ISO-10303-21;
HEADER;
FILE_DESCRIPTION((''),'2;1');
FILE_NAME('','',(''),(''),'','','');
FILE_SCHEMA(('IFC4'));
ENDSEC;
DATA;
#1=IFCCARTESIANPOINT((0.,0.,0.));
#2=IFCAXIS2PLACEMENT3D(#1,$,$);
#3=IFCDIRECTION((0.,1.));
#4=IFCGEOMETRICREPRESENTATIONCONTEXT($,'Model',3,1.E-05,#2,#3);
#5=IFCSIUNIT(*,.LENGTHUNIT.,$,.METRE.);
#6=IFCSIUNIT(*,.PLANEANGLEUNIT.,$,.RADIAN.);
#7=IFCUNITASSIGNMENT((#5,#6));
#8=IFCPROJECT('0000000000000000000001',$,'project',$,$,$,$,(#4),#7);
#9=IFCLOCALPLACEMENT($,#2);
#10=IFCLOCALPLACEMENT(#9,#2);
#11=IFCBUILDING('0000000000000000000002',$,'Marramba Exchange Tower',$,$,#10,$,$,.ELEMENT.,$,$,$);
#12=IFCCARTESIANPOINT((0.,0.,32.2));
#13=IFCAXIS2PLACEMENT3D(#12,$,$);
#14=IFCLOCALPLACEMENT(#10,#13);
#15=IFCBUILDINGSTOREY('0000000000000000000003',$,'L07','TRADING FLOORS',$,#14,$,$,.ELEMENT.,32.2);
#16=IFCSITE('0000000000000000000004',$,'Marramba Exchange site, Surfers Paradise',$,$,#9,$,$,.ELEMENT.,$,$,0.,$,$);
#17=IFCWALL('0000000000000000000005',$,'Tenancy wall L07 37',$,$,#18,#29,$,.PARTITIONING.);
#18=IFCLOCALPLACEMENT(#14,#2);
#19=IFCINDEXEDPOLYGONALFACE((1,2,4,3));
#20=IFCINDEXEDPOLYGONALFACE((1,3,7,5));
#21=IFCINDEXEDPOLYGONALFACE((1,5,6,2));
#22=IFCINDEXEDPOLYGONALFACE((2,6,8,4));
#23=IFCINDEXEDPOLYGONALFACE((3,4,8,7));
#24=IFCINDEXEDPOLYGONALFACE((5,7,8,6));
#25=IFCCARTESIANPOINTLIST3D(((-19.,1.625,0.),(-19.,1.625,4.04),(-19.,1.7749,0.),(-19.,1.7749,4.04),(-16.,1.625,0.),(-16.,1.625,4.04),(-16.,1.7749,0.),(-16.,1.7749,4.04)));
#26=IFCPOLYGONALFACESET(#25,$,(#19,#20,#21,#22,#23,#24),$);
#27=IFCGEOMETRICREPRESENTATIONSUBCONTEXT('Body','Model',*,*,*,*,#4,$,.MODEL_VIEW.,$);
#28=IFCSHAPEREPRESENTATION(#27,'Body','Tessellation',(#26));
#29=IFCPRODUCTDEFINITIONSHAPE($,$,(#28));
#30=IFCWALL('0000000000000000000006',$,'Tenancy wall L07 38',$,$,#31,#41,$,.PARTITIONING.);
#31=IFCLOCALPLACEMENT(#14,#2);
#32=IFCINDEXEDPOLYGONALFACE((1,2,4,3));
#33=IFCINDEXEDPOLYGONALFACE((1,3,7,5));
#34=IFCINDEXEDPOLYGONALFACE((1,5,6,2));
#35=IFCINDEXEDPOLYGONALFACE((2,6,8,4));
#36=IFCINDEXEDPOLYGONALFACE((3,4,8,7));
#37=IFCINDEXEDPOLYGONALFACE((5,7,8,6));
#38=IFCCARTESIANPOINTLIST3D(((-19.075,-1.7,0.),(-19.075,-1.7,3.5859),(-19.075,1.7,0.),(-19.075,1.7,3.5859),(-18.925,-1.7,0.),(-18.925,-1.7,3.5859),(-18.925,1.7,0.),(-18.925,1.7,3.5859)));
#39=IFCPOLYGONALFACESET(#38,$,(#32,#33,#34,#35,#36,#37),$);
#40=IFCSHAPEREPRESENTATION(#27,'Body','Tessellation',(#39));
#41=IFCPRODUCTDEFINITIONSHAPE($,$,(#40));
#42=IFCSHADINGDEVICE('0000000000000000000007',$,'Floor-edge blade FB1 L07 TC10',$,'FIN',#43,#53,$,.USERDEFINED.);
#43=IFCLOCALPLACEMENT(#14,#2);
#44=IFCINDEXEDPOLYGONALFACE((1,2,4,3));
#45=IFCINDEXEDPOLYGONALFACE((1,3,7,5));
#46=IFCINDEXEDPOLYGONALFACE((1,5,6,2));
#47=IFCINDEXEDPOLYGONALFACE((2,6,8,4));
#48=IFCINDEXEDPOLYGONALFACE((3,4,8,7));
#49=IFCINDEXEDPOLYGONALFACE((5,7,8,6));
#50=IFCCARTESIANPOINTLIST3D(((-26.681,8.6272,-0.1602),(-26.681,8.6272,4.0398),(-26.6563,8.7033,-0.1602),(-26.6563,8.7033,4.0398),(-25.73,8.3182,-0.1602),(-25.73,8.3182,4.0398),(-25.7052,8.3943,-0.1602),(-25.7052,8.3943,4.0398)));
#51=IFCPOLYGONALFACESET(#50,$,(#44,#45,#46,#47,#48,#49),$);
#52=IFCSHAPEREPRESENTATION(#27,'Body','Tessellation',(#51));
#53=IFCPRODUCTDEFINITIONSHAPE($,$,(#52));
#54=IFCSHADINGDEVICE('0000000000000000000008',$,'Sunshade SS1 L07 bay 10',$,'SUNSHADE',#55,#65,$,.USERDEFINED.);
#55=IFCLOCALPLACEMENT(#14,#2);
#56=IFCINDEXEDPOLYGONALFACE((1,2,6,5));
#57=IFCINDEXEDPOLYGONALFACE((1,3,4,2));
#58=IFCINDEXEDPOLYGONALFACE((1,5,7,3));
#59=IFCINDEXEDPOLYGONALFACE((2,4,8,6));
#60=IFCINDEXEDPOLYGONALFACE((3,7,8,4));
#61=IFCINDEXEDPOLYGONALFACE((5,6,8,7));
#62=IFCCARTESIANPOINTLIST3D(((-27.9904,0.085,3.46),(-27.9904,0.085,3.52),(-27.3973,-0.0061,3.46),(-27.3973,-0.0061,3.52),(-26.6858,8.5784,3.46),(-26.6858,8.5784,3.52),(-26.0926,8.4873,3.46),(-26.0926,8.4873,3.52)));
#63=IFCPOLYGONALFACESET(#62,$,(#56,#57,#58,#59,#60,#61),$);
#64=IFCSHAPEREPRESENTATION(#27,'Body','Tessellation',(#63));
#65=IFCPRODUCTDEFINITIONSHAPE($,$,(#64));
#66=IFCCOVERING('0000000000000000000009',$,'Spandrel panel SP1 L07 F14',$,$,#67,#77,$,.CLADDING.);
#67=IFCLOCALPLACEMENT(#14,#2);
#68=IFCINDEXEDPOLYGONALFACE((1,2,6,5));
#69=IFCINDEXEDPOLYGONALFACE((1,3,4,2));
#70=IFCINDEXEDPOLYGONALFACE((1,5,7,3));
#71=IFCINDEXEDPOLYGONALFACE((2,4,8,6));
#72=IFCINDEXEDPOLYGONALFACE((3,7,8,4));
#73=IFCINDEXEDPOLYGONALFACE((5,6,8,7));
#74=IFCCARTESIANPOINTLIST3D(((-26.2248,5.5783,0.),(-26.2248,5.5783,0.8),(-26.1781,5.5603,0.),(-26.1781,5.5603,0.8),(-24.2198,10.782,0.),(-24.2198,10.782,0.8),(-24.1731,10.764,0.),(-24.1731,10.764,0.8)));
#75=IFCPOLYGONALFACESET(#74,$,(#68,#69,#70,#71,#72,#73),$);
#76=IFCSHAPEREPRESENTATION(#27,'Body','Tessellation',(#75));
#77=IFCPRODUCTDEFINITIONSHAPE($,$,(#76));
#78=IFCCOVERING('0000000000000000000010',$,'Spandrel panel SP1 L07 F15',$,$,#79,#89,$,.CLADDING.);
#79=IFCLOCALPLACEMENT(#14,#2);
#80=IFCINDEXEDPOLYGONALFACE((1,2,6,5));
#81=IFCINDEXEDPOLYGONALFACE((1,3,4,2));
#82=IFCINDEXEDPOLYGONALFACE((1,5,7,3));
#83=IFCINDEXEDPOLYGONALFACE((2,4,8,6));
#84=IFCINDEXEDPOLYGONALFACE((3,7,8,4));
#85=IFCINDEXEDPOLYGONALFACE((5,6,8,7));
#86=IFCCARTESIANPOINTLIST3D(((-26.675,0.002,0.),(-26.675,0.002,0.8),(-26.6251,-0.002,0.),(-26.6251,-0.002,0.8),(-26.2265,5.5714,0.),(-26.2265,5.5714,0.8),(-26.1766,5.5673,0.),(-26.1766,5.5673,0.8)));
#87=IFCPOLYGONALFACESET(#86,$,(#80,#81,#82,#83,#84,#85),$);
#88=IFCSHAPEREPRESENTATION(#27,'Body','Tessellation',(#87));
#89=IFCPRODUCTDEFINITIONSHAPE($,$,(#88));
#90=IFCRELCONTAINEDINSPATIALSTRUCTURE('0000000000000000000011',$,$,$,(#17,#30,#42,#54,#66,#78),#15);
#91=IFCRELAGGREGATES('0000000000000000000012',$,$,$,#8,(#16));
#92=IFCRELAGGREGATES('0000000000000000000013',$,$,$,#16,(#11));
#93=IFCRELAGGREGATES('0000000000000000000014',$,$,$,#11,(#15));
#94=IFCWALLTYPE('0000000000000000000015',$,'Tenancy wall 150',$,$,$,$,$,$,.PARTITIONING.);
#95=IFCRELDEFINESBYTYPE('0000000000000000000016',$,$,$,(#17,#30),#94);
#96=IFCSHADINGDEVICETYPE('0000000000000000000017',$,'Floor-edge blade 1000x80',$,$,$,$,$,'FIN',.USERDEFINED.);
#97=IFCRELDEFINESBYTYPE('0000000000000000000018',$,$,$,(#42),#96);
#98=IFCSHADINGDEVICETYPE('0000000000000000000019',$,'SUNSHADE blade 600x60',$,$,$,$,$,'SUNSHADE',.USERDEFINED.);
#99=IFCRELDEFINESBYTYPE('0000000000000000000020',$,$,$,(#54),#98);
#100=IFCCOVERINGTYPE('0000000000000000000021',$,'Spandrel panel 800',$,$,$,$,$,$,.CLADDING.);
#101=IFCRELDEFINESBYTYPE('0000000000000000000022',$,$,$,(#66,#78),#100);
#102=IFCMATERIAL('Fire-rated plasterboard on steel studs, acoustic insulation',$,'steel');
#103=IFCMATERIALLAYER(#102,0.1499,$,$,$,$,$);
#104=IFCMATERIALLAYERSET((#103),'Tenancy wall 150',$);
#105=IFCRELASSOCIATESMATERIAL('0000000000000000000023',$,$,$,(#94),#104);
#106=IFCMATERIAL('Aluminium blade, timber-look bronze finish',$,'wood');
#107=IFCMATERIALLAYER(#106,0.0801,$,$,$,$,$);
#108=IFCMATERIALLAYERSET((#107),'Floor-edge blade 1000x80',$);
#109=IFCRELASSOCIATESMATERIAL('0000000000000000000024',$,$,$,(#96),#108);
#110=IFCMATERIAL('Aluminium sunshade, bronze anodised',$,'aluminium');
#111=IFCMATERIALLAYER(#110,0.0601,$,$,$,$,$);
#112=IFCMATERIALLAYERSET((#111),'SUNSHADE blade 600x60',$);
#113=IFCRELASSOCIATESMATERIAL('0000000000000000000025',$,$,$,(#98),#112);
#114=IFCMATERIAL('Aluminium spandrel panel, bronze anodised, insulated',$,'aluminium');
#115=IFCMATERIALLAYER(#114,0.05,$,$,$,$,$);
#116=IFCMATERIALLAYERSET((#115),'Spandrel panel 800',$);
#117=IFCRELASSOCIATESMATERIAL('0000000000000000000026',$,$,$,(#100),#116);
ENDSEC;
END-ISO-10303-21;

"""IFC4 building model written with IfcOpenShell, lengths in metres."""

from ifc_helpers import new_model, si_unit, direction, frame, frame_2d, origin, origin_2d, place, context, subcontext, project, spatial, rectangle, extrude, material, layer, layer_set, type_object, element, save


model = new_model("IFC4")

# Units and contexts
model_context = context("Model", 3, precision=1e-05, world=origin(), true_north=direction((0.0, 1.0)))
body_context = subcontext(model_context, "Body", "Model", "MODEL_VIEW")
ifc_project = project(units=[si_unit("LENGTHUNIT", "METRE"), si_unit("PLANEANGLEUNIT", "RADIAN")], contexts=[model_context])

# Site, building, storey
site_placement = place(None, origin())
site = spatial("IfcSite", under=ifc_project, at=site_placement, Name="Marramba Exchange site, Surfers Paradise", CompositionType="ELEMENT", RefElevation=0.0)
building_placement = place(site_placement, origin())
building = spatial("IfcBuilding", under=site, at=building_placement, Name="Marramba Exchange Tower", CompositionType="ELEMENT")
storey_placement = place(building_placement, frame((0.0, 0.0, 32.2)))
storey = spatial("IfcBuildingStorey", under=building, at=storey_placement, Name="L07", Description="TRADING FLOORS", CompositionType="ELEMENT", Elevation=32.2)

# Walls
ifc_material_1 = material(Name="Fire-rated plasterboard on steel studs, acoustic insulation", Category="steel")
ifc_layer_1 = layer(ifc_material_1, 0.1499)
ifc_layer_set_1 = layer_set([ifc_layer_1], Name="Tenancy wall 150")
wall_type_1 = type_object("IfcWallType", Name="Tenancy wall 150", PredefinedType="PARTITIONING", material=ifc_layer_set_1)
wall_1_placement = place(storey_placement, frame((-16.0, 1.7, 0.0), z_axis=(0.0, 0.0, 1.0), x_axis=(-1.0, 0.0, 0.0)))
element("IfcWall", 1, at=wall_1_placement, inside=storey, type_object=wall_type_1, Name="Tenancy wall L07 37", PredefinedType="PARTITIONING", context=body_context, shape_type="SweptSolid", body=[
    extrude(rectangle(XDim=3.0, YDim=0.1499, at=frame_2d((1.5, 0.0))), origin(), (0.0, 0.0, 1.0), 4.04),
])
wall_2_placement = place(storey_placement, frame((-19.0, 1.7, 0.0), z_axis=(0.0, 0.0, 1.0), x_axis=(0.0, -1.0, 0.0)))
element("IfcWall", 2, at=wall_2_placement, inside=storey, type_object=wall_type_1, Name="Tenancy wall L07 38", PredefinedType="PARTITIONING", context=body_context, shape_type="SweptSolid", body=[
    extrude(rectangle(XDim=3.3999, YDim=0.1499, at=frame_2d((1.7, 0.0))), origin(), (0.0, 0.0, 1.0), 3.5859),
])

# Shading devices
ifc_material_2 = material(Name="Aluminium blade, timber-look bronze finish", Category="wood")
ifc_layer_2 = layer(ifc_material_2, 0.0801)
ifc_layer_set_2 = layer_set([ifc_layer_2], Name="Floor-edge blade 1000x80")
shading_device_type_1 = type_object("IfcShadingDeviceType", Name="Floor-edge blade 1000x80", ElementType="FIN", PredefinedType="USERDEFINED", material=ifc_layer_set_2)
shading_device_1_placement = place(storey_placement, frame((-26.1931, 8.5107, -0.1602), z_axis=(0.0, 0.0, 1.0), x_axis=(-0.951057, 0.309017, 0.0)))
element("IfcShadingDevice", 3, at=shading_device_1_placement, inside=storey, type_object=shading_device_type_1, Name="Floor-edge blade FB1 L07 TC10", ObjectType="FIN", PredefinedType="USERDEFINED", context=body_context, shape_type="SweptSolid", body=[
    extrude(rectangle(XDim=1.0, YDim=0.0801, at=origin_2d()), origin(), (0.0, 0.0, 1.0), 4.2),
])
ifc_material_3 = material(Name="Aluminium sunshade, bronze anodised", Category="aluminium")
ifc_layer_3 = layer(ifc_material_3, 0.0601)
ifc_layer_set_3 = layer_set([ifc_layer_3], Name="SUNSHADE blade 600x60")
shading_device_type_2 = type_object("IfcShadingDeviceType", Name="SUNSHADE blade 600x60", ElementType="SUNSHADE", PredefinedType="USERDEFINED", material=ifc_layer_set_3)
shading_device_2_placement = place(storey_placement, frame((-27.0415, 4.2861, 3.46), z_axis=(0.0, 0.0, 1.0), x_axis=(-0.151825, -0.988407, 0.0)))
element("IfcShadingDevice", 4, at=shading_device_2_placement, inside=storey, type_object=shading_device_type_2, Name="Sunshade SS1 L07 bay 10", ObjectType="SUNSHADE", PredefinedType="USERDEFINED", context=body_context, shape_type="SweptSolid", body=[
    extrude(rectangle(XDim=8.593, YDim=0.6001, at=origin_2d()), origin(), (0.0, 0.0, 1.0), 0.0601),
])

# Coverings
ifc_material_4 = material(Name="Aluminium spandrel panel, bronze anodised, insulated", Category="aluminium")
ifc_layer_4 = layer(ifc_material_4, 0.05)
ifc_layer_set_4 = layer_set([ifc_layer_4], Name="Spandrel panel 800")
covering_type = type_object("IfcCoveringType", Name="Spandrel panel 800", PredefinedType="CLADDING", material=ifc_layer_set_4)
covering_1_placement = place(storey_placement, frame((-25.199, 8.1711, 0.0), z_axis=(0.0, 0.0, 1.0), x_axis=(-0.359526, -0.933135, 0.0)))
element("IfcCovering", 5, at=covering_1_placement, inside=storey, type_object=covering_type, Name="Spandrel panel SP1 L07 F14", PredefinedType="CLADDING", context=body_context, shape_type="SweptSolid", body=[
    extrude(rectangle(XDim=5.5767, YDim=0.05, at=origin_2d()), origin(), (0.0, 0.0, 1.0), 0.8),
])
covering_2_placement = place(storey_placement, frame((-26.4258, 2.7847, 0.0), z_axis=(0.0, 0.0, 1.0), x_axis=(-0.080275, -0.996773, 0.0)))
element("IfcCovering", 6, at=covering_2_placement, inside=storey, type_object=covering_type, Name="Spandrel panel SP1 L07 F15", PredefinedType="CLADDING", context=body_context, shape_type="SweptSolid", body=[
    extrude(rectangle(XDim=5.5874, YDim=0.05, at=origin_2d()), origin(), (0.0, 0.0, 1.0), 0.8),
])

save(model, "model.ifc")
